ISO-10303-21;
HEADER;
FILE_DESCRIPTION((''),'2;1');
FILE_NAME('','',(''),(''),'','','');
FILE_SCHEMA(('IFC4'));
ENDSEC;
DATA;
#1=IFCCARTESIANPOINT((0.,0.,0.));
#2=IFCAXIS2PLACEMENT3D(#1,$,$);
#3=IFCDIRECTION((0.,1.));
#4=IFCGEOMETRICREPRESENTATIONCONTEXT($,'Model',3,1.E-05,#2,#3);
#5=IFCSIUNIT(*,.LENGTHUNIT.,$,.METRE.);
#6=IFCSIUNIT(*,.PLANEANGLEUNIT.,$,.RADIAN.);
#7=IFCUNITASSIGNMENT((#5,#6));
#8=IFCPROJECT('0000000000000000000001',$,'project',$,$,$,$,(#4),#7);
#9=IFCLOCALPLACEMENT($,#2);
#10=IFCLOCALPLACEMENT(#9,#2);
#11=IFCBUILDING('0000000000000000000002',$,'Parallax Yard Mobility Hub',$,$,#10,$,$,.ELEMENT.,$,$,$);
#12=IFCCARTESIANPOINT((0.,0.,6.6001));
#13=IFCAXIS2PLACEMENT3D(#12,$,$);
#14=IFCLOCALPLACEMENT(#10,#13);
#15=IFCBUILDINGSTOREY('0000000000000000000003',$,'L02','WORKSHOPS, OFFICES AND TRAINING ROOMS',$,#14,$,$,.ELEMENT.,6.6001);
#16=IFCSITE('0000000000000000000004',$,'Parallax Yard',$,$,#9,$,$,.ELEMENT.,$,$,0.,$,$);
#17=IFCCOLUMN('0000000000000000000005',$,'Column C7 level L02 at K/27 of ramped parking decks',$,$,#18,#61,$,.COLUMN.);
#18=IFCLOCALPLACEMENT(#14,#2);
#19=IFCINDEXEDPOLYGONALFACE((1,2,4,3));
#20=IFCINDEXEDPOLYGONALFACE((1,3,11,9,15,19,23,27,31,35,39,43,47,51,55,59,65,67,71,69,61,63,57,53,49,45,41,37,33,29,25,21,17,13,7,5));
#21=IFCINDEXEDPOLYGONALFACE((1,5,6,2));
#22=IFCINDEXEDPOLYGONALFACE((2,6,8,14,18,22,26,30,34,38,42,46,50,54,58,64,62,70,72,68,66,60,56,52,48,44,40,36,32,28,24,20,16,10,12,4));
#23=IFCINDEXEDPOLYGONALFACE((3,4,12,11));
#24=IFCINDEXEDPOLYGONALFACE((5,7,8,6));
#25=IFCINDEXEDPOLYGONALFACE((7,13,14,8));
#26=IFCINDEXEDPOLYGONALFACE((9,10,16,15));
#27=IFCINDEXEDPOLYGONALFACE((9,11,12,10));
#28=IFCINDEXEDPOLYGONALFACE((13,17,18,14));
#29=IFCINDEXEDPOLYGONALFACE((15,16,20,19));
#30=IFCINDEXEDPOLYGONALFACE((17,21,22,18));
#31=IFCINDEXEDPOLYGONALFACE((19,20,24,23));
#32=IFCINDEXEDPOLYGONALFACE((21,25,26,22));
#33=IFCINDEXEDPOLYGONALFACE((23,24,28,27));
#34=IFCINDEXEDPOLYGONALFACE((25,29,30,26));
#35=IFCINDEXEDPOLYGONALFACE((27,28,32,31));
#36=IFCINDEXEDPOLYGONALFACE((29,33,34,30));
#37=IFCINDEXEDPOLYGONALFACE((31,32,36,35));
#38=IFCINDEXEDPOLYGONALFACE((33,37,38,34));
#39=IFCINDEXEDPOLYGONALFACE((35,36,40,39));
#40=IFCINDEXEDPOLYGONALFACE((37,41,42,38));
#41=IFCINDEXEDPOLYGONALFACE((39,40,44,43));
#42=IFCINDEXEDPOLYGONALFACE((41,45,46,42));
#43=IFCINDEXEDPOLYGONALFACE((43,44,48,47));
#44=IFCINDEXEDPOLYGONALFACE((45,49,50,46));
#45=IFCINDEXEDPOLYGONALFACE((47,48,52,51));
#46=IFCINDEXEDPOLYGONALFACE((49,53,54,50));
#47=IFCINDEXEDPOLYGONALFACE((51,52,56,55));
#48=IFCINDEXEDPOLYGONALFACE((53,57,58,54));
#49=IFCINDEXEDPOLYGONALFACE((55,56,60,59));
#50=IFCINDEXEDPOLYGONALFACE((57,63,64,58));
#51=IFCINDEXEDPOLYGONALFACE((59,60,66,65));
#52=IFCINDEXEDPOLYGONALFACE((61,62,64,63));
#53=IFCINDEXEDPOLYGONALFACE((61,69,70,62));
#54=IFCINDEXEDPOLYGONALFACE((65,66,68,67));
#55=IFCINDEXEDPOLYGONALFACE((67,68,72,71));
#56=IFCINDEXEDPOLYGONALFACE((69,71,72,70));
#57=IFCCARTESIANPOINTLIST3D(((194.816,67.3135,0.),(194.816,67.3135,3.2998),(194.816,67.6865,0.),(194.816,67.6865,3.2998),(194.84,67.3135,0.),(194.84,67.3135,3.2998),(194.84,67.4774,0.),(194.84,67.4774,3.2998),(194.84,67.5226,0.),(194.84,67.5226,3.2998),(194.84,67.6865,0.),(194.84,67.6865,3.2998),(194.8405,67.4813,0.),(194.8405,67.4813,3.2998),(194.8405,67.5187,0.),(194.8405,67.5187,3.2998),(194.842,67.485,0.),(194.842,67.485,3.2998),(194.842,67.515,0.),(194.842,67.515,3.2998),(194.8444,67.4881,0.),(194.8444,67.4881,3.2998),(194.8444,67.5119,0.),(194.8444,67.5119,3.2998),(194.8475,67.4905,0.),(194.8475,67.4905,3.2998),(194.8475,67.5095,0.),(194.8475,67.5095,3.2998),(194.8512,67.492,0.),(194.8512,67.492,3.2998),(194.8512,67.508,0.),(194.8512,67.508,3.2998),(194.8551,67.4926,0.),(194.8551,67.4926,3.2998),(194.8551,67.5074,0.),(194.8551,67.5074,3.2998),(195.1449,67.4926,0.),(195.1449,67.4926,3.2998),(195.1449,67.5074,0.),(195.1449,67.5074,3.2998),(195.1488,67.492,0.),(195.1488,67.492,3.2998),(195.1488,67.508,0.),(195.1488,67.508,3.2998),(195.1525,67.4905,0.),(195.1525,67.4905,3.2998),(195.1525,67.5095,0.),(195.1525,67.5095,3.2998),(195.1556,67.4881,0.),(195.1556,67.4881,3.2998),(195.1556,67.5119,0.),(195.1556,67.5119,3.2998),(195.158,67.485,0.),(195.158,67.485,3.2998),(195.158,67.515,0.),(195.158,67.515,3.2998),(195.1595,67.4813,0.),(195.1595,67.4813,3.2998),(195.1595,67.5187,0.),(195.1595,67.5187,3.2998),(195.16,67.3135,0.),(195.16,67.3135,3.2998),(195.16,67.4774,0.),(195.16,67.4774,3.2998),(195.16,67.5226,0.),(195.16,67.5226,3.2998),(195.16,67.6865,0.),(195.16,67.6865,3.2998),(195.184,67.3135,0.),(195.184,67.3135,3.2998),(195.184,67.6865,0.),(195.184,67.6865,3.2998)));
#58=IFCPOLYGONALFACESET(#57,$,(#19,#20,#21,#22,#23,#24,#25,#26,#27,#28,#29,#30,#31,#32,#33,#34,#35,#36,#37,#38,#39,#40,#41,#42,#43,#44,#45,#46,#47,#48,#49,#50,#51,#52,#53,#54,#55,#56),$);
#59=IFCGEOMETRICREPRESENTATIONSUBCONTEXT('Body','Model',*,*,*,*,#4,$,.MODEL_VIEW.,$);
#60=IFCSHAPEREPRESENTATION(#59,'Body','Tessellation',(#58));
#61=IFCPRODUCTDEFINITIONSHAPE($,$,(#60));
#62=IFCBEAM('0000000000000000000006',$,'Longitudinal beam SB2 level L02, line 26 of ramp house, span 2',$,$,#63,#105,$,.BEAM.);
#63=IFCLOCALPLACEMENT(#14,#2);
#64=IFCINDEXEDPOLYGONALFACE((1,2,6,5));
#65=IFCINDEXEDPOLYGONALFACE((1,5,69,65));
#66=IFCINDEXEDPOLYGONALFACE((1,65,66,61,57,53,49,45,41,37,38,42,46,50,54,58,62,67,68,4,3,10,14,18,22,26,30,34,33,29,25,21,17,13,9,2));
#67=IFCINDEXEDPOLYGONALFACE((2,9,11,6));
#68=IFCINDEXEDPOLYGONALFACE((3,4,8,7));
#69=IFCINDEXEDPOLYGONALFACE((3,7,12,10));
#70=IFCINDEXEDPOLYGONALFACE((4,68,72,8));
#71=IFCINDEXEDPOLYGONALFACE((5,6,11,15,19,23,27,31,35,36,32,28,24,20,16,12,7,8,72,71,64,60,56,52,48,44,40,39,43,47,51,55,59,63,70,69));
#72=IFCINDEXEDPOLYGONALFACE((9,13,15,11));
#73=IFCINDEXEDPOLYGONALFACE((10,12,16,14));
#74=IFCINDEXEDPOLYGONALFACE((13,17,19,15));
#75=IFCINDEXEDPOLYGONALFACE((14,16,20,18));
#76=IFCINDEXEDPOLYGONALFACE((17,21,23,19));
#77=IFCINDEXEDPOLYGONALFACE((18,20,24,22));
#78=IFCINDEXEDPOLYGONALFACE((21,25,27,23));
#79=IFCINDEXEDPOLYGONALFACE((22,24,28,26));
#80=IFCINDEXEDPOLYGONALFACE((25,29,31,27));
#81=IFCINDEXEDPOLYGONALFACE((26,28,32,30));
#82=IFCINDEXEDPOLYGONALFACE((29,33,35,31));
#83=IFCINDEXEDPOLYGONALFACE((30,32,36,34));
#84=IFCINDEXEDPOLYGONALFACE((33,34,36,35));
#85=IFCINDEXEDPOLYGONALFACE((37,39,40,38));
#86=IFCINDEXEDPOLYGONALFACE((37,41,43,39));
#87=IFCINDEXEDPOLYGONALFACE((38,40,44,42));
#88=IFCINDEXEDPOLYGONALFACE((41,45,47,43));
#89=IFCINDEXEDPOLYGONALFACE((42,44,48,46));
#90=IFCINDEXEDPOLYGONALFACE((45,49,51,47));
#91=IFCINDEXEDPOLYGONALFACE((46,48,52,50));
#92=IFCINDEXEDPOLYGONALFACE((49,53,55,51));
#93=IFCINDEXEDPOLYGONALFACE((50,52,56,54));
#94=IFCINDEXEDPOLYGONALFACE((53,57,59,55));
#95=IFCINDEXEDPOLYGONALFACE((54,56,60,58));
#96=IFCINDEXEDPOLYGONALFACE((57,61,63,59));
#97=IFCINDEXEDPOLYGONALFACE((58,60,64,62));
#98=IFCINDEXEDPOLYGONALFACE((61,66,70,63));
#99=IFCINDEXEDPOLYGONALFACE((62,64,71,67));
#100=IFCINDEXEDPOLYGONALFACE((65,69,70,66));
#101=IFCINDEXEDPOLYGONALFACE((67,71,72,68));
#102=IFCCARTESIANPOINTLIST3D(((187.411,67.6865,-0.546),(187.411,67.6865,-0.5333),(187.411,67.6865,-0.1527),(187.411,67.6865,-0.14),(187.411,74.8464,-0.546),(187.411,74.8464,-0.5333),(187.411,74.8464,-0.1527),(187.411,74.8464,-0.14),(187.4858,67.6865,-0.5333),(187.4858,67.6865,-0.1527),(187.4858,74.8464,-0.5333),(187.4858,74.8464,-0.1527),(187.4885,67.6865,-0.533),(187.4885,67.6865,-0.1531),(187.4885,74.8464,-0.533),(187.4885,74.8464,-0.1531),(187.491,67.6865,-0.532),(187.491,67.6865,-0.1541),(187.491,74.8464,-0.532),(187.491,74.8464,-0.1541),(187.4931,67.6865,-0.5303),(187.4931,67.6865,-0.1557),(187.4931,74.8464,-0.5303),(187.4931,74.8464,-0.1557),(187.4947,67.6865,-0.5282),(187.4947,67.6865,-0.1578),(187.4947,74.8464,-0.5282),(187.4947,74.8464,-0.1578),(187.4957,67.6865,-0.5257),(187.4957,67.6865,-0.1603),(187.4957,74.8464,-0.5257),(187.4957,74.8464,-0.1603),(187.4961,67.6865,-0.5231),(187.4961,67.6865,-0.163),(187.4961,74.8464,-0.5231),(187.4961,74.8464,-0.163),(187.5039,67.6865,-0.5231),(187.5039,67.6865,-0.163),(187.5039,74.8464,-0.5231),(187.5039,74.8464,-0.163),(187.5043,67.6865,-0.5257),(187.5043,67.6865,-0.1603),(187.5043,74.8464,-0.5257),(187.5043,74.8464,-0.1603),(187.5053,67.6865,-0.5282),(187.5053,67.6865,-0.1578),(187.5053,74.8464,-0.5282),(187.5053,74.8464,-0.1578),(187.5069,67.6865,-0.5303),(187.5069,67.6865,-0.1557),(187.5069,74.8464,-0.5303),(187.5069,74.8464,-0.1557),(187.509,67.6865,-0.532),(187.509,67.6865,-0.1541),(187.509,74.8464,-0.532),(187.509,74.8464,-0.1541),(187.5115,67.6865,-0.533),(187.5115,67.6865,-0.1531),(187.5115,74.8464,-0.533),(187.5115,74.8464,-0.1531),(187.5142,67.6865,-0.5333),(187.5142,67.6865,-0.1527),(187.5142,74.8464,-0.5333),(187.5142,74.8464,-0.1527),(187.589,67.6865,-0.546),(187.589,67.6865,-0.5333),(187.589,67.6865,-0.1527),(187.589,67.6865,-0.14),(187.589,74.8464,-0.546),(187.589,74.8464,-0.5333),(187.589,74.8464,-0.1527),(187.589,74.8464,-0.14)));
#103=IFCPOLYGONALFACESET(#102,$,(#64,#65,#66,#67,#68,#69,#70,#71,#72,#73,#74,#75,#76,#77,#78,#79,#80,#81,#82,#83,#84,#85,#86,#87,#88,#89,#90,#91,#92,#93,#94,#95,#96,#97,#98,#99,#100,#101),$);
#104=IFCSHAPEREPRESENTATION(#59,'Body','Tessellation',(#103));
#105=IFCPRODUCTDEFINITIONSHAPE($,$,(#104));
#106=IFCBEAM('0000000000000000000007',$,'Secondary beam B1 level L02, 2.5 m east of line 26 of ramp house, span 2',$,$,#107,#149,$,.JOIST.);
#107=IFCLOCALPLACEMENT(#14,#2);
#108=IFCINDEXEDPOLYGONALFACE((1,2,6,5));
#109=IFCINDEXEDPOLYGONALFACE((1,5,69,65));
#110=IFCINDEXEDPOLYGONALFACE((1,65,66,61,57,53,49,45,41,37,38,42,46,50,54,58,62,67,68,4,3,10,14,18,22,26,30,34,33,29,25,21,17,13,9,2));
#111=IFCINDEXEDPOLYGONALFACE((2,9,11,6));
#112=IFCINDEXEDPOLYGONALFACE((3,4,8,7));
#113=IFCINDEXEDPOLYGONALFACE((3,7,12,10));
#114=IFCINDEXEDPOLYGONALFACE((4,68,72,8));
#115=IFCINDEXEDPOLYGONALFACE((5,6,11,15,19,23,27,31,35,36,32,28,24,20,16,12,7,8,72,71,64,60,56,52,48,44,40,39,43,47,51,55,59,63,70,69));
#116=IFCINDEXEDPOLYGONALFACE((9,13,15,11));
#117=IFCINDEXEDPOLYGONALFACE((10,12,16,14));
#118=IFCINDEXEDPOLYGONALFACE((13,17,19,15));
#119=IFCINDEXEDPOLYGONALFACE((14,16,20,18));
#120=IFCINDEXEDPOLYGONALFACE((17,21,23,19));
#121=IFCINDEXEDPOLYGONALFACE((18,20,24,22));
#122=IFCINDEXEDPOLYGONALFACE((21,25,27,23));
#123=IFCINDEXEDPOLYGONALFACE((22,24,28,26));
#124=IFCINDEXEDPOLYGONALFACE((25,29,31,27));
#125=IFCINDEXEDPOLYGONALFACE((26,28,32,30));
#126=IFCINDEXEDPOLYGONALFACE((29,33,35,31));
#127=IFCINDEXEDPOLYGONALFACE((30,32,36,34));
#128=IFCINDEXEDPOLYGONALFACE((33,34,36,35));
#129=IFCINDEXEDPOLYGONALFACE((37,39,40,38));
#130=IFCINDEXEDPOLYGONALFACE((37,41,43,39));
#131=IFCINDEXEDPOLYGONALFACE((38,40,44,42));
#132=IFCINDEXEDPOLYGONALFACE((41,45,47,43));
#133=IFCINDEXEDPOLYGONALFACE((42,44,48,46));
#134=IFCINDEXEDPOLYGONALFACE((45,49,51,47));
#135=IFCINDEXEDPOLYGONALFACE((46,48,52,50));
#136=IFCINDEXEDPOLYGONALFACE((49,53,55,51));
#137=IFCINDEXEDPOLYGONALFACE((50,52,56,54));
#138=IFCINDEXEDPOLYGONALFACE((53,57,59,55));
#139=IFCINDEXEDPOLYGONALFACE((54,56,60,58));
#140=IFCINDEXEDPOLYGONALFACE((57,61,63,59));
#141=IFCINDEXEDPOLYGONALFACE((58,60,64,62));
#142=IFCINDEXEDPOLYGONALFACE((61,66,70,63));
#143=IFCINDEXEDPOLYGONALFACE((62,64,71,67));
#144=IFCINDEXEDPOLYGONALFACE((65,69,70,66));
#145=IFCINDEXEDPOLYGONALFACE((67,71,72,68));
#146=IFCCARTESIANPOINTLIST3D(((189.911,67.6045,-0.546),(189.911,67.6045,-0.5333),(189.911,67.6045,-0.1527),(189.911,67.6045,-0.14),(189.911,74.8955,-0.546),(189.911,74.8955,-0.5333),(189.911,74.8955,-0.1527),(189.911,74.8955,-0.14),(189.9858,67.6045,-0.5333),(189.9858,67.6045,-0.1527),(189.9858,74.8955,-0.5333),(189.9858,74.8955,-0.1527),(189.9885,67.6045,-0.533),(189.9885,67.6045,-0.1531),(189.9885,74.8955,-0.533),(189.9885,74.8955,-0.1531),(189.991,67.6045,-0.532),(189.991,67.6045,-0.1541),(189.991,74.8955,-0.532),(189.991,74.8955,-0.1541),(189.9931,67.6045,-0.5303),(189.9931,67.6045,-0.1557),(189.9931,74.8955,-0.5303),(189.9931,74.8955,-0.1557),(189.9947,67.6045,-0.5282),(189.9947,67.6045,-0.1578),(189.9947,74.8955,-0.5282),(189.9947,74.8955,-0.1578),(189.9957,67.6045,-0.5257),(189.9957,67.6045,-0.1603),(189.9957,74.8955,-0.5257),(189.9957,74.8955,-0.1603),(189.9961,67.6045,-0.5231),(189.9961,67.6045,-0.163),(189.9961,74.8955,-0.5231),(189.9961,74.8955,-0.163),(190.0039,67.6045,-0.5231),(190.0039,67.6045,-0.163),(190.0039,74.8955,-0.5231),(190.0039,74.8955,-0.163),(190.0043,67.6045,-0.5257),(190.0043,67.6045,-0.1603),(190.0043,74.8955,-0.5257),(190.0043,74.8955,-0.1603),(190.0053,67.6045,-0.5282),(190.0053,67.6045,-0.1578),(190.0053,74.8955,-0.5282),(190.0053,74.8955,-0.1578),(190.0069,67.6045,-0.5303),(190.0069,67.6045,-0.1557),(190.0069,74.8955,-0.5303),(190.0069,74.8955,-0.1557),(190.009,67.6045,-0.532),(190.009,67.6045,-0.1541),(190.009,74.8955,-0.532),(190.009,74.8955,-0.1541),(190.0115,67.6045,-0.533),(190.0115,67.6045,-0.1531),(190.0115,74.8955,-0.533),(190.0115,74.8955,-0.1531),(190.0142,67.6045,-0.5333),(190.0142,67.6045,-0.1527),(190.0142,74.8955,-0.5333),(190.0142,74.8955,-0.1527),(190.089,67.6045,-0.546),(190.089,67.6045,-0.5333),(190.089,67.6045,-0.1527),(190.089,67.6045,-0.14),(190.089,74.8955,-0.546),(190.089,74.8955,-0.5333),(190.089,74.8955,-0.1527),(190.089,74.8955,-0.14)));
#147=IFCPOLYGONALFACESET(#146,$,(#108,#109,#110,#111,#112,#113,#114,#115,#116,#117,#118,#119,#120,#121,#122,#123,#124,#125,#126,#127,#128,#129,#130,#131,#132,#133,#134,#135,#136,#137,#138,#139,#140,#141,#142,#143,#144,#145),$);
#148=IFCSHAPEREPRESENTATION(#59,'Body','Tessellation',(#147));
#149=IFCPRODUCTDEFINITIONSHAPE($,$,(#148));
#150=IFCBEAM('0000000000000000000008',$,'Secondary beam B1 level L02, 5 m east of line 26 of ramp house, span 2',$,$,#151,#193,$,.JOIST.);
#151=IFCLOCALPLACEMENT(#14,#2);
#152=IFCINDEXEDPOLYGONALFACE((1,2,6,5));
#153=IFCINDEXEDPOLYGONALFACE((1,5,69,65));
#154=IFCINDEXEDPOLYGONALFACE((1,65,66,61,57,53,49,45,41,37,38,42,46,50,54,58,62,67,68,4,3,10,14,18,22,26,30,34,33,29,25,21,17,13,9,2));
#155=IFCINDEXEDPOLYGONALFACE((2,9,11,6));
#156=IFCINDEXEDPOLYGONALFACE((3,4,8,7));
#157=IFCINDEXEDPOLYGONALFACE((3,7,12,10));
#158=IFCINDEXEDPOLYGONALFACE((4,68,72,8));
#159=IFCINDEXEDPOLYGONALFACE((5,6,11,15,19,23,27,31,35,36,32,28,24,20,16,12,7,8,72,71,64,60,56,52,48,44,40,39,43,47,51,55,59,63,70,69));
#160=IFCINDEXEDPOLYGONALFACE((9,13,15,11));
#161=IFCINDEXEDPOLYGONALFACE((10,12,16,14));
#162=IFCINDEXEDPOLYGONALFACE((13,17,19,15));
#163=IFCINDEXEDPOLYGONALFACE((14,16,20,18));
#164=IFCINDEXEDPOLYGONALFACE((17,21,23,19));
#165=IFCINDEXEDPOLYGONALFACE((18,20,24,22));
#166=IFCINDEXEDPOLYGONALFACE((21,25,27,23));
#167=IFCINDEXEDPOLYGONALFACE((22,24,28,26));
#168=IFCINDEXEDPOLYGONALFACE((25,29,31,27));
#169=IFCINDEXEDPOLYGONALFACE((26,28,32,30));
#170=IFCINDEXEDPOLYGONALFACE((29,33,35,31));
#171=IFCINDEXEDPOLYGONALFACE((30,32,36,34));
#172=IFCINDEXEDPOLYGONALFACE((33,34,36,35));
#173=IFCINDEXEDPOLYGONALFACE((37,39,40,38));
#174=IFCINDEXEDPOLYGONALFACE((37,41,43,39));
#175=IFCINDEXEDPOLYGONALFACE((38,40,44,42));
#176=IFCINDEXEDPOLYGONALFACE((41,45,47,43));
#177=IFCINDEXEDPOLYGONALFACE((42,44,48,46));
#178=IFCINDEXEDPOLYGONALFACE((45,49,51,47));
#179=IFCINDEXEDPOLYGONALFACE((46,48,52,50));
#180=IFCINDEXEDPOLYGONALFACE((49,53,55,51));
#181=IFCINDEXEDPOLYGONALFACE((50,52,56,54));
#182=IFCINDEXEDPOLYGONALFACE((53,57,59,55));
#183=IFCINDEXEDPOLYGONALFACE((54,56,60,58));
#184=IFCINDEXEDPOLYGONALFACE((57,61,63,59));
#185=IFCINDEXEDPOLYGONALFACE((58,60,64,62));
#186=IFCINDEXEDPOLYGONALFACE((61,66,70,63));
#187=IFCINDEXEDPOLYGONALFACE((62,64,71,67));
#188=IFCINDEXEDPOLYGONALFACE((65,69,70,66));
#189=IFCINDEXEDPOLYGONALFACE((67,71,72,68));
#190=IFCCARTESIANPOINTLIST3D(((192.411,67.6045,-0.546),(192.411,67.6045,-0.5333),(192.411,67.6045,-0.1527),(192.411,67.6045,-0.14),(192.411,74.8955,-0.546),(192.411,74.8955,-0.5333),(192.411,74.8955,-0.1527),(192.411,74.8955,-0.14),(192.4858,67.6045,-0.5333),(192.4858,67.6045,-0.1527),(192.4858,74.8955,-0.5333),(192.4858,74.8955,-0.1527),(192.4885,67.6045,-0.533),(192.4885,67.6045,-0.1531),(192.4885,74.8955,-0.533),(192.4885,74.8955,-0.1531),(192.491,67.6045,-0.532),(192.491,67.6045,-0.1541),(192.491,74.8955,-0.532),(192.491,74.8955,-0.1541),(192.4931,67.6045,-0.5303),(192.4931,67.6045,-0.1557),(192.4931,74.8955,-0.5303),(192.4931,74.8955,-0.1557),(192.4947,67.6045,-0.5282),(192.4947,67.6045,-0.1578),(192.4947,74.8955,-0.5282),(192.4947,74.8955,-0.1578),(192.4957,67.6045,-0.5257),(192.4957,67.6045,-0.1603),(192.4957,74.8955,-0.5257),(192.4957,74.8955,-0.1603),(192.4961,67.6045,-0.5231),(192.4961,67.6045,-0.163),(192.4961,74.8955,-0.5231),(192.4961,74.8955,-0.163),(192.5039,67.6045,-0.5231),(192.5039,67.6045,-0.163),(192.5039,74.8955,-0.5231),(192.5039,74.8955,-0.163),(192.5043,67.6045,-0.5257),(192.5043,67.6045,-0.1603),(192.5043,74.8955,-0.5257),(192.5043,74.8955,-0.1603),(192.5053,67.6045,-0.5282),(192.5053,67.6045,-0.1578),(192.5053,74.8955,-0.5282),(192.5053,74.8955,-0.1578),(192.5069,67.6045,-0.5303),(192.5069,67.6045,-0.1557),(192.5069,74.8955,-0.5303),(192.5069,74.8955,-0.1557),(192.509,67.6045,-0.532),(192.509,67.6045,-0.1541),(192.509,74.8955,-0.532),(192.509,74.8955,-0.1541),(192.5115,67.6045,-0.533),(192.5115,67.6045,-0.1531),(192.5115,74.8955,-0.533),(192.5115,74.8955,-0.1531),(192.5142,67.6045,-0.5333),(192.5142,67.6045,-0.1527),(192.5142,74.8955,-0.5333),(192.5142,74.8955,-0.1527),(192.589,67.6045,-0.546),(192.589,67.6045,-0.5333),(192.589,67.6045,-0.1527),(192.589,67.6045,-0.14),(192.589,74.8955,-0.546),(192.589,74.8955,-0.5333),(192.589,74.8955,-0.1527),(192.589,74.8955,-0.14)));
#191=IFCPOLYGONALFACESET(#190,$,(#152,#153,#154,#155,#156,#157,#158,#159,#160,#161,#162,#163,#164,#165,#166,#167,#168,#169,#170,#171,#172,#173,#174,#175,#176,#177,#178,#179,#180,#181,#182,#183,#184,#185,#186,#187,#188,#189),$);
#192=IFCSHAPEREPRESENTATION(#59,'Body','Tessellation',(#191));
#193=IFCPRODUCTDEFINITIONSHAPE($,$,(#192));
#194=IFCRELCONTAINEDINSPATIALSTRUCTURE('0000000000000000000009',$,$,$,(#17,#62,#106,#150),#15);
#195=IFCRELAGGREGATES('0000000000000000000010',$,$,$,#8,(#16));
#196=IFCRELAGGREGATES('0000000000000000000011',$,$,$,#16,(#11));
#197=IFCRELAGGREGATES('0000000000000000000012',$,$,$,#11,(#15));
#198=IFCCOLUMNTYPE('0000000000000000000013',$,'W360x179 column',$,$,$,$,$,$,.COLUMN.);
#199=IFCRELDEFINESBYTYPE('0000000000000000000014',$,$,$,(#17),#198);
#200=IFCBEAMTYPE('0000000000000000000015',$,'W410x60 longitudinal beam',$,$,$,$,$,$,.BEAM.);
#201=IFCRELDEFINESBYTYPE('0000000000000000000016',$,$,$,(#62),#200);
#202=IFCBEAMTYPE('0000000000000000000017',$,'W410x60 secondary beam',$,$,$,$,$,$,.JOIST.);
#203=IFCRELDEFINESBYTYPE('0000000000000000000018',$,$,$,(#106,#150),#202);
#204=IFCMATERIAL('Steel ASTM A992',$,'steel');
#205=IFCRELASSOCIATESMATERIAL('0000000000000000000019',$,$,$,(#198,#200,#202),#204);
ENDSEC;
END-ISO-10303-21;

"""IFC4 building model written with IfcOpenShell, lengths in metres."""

from ifc_helpers import new_model, si_unit, direction, frame, origin, origin_2d, place, context, subcontext, project, spatial, i_section, extrude, material, material_profile, profile_set, type_object, element, save


model = new_model("IFC4")

# Units and contexts
model_context = context("Model", 3, precision=1e-05, world=origin(), true_north=direction((0.0, 1.0)))
body_context = subcontext(model_context, "Body", "Model", "MODEL_VIEW")
ifc_project = project(units=[si_unit("LENGTHUNIT", "METRE"), si_unit("PLANEANGLEUNIT", "RADIAN")], contexts=[model_context])

# Site, building, storey
site_placement = place(None, origin())
site = spatial("IfcSite", under=ifc_project, at=site_placement, Name="Parallax Yard", CompositionType="ELEMENT", RefElevation=0.0)
building_placement = place(site_placement, origin())
building = spatial("IfcBuilding", under=site, at=building_placement, Name="Parallax Yard Mobility Hub", CompositionType="ELEMENT")
storey_placement = place(building_placement, frame((0.0, 0.0, 6.6001)))
storey = spatial("IfcBuildingStorey", under=building, at=storey_placement, Name="L02", Description="WORKSHOPS, OFFICES AND TRAINING ROOMS", CompositionType="ELEMENT", Elevation=6.6001)

# Column
ifc_material_1 = material(Name="Steel ASTM A992", Category="steel")
ifc_material_profile_1 = material_profile(ifc_material_1, i_section(OverallWidth=0.373, OverallDepth=0.3679, WebThickness=0.0149, FlangeThickness=0.0239, FilletRadius=0.0151, at=origin_2d()), Name="W360x179")
ifc_profile_set_1 = profile_set([ifc_material_profile_1], Name="Steel ASTM A992")
column_type_1 = type_object("IfcColumnType", Name="W360x179 column", PredefinedType="COLUMN", material=ifc_profile_set_1)
column_placement = place(storey_placement, frame((195.0, 67.5, 0.0), z_axis=(0.0, 0.0, 1.0), x_axis=(0.0, 1.0, 0.0)))
element("IfcColumn", 1, at=column_placement, inside=storey, type_object=column_type_1, Name="Column C7 level L02 at K/27 of ramped parking decks", PredefinedType="COLUMN", context=body_context, shape_type="SweptSolid", body=[
    extrude(i_section(OverallWidth=0.373, OverallDepth=0.3679, WebThickness=0.0149, FlangeThickness=0.0239, FilletRadius=0.0151, at=origin_2d()), origin(), (0.0, 0.0, 1.0), 3.2998),
])

# Beams
ifc_material_profile_2 = material_profile(ifc_material_1, i_section(OverallWidth=0.178, OverallDepth=0.406, WebThickness=0.0078, FlangeThickness=0.0127, FilletRadius=0.0103, at=origin_2d()), Name="W410x60")
ifc_profile_set_2 = profile_set([ifc_material_profile_2], Name="Steel ASTM A992")
beam_type_1 = type_object("IfcBeamType", Name="W410x60 longitudinal beam", PredefinedType="BEAM", material=ifc_profile_set_2)
beam_1_placement = place(storey_placement, frame((187.5, 67.6865, -0.343), z_axis=(0.0, 1.0, 0.0), x_axis=(-1.0, 0.0, 0.0)))
element("IfcBeam", 2, at=beam_1_placement, inside=storey, type_object=beam_type_1, Name="Longitudinal beam SB2 level L02, line 26 of ramp house, span 2", PredefinedType="BEAM", context=body_context, shape_type="SweptSolid", body=[
    extrude(i_section(OverallWidth=0.178, OverallDepth=0.406, WebThickness=0.0078, FlangeThickness=0.0127, FilletRadius=0.0103, at=origin_2d()), origin(), (0.0, 0.0, 1.0), 7.1599),
])
ifc_material_profile_3 = material_profile(ifc_material_1, i_section(OverallWidth=0.178, OverallDepth=0.406, WebThickness=0.0078, FlangeThickness=0.0127, FilletRadius=0.0103, at=origin_2d()), Name="W410x60")
ifc_profile_set_3 = profile_set([ifc_material_profile_3], Name="Steel ASTM A992")
beam_type_2 = type_object("IfcBeamType", Name="W410x60 secondary beam", PredefinedType="JOIST", material=ifc_profile_set_3)
for number, where, z_axis, x_axis, name in (
    (3, (190.0, 67.6045, -0.343), (0.0, 1.0, 0.0), (-1.0, 0.0, 0.0), "Secondary beam B1 level L02, 2.5 m east of line 26 of ramp house, span 2"),
    (4, (192.5, 67.6045, -0.343), (0.0, 1.0, 0.0), (-1.0, 0.0, 0.0), "Secondary beam B1 level L02, 5 m east of line 26 of ramp house, span 2"),
):
    element("IfcBeam", number, at=place(storey_placement, frame(where, z_axis=z_axis, x_axis=x_axis)), inside=storey, type_object=beam_type_2, Name=name, PredefinedType="JOIST", context=body_context, shape_type="SweptSolid", body=[
        extrude(i_section(OverallWidth=0.178, OverallDepth=0.406, WebThickness=0.0078, FlangeThickness=0.0127, FilletRadius=0.0103, at=origin_2d()), origin(), (0.0, 0.0, 1.0), 7.291),
    ])

save(model, "model.ifc")
